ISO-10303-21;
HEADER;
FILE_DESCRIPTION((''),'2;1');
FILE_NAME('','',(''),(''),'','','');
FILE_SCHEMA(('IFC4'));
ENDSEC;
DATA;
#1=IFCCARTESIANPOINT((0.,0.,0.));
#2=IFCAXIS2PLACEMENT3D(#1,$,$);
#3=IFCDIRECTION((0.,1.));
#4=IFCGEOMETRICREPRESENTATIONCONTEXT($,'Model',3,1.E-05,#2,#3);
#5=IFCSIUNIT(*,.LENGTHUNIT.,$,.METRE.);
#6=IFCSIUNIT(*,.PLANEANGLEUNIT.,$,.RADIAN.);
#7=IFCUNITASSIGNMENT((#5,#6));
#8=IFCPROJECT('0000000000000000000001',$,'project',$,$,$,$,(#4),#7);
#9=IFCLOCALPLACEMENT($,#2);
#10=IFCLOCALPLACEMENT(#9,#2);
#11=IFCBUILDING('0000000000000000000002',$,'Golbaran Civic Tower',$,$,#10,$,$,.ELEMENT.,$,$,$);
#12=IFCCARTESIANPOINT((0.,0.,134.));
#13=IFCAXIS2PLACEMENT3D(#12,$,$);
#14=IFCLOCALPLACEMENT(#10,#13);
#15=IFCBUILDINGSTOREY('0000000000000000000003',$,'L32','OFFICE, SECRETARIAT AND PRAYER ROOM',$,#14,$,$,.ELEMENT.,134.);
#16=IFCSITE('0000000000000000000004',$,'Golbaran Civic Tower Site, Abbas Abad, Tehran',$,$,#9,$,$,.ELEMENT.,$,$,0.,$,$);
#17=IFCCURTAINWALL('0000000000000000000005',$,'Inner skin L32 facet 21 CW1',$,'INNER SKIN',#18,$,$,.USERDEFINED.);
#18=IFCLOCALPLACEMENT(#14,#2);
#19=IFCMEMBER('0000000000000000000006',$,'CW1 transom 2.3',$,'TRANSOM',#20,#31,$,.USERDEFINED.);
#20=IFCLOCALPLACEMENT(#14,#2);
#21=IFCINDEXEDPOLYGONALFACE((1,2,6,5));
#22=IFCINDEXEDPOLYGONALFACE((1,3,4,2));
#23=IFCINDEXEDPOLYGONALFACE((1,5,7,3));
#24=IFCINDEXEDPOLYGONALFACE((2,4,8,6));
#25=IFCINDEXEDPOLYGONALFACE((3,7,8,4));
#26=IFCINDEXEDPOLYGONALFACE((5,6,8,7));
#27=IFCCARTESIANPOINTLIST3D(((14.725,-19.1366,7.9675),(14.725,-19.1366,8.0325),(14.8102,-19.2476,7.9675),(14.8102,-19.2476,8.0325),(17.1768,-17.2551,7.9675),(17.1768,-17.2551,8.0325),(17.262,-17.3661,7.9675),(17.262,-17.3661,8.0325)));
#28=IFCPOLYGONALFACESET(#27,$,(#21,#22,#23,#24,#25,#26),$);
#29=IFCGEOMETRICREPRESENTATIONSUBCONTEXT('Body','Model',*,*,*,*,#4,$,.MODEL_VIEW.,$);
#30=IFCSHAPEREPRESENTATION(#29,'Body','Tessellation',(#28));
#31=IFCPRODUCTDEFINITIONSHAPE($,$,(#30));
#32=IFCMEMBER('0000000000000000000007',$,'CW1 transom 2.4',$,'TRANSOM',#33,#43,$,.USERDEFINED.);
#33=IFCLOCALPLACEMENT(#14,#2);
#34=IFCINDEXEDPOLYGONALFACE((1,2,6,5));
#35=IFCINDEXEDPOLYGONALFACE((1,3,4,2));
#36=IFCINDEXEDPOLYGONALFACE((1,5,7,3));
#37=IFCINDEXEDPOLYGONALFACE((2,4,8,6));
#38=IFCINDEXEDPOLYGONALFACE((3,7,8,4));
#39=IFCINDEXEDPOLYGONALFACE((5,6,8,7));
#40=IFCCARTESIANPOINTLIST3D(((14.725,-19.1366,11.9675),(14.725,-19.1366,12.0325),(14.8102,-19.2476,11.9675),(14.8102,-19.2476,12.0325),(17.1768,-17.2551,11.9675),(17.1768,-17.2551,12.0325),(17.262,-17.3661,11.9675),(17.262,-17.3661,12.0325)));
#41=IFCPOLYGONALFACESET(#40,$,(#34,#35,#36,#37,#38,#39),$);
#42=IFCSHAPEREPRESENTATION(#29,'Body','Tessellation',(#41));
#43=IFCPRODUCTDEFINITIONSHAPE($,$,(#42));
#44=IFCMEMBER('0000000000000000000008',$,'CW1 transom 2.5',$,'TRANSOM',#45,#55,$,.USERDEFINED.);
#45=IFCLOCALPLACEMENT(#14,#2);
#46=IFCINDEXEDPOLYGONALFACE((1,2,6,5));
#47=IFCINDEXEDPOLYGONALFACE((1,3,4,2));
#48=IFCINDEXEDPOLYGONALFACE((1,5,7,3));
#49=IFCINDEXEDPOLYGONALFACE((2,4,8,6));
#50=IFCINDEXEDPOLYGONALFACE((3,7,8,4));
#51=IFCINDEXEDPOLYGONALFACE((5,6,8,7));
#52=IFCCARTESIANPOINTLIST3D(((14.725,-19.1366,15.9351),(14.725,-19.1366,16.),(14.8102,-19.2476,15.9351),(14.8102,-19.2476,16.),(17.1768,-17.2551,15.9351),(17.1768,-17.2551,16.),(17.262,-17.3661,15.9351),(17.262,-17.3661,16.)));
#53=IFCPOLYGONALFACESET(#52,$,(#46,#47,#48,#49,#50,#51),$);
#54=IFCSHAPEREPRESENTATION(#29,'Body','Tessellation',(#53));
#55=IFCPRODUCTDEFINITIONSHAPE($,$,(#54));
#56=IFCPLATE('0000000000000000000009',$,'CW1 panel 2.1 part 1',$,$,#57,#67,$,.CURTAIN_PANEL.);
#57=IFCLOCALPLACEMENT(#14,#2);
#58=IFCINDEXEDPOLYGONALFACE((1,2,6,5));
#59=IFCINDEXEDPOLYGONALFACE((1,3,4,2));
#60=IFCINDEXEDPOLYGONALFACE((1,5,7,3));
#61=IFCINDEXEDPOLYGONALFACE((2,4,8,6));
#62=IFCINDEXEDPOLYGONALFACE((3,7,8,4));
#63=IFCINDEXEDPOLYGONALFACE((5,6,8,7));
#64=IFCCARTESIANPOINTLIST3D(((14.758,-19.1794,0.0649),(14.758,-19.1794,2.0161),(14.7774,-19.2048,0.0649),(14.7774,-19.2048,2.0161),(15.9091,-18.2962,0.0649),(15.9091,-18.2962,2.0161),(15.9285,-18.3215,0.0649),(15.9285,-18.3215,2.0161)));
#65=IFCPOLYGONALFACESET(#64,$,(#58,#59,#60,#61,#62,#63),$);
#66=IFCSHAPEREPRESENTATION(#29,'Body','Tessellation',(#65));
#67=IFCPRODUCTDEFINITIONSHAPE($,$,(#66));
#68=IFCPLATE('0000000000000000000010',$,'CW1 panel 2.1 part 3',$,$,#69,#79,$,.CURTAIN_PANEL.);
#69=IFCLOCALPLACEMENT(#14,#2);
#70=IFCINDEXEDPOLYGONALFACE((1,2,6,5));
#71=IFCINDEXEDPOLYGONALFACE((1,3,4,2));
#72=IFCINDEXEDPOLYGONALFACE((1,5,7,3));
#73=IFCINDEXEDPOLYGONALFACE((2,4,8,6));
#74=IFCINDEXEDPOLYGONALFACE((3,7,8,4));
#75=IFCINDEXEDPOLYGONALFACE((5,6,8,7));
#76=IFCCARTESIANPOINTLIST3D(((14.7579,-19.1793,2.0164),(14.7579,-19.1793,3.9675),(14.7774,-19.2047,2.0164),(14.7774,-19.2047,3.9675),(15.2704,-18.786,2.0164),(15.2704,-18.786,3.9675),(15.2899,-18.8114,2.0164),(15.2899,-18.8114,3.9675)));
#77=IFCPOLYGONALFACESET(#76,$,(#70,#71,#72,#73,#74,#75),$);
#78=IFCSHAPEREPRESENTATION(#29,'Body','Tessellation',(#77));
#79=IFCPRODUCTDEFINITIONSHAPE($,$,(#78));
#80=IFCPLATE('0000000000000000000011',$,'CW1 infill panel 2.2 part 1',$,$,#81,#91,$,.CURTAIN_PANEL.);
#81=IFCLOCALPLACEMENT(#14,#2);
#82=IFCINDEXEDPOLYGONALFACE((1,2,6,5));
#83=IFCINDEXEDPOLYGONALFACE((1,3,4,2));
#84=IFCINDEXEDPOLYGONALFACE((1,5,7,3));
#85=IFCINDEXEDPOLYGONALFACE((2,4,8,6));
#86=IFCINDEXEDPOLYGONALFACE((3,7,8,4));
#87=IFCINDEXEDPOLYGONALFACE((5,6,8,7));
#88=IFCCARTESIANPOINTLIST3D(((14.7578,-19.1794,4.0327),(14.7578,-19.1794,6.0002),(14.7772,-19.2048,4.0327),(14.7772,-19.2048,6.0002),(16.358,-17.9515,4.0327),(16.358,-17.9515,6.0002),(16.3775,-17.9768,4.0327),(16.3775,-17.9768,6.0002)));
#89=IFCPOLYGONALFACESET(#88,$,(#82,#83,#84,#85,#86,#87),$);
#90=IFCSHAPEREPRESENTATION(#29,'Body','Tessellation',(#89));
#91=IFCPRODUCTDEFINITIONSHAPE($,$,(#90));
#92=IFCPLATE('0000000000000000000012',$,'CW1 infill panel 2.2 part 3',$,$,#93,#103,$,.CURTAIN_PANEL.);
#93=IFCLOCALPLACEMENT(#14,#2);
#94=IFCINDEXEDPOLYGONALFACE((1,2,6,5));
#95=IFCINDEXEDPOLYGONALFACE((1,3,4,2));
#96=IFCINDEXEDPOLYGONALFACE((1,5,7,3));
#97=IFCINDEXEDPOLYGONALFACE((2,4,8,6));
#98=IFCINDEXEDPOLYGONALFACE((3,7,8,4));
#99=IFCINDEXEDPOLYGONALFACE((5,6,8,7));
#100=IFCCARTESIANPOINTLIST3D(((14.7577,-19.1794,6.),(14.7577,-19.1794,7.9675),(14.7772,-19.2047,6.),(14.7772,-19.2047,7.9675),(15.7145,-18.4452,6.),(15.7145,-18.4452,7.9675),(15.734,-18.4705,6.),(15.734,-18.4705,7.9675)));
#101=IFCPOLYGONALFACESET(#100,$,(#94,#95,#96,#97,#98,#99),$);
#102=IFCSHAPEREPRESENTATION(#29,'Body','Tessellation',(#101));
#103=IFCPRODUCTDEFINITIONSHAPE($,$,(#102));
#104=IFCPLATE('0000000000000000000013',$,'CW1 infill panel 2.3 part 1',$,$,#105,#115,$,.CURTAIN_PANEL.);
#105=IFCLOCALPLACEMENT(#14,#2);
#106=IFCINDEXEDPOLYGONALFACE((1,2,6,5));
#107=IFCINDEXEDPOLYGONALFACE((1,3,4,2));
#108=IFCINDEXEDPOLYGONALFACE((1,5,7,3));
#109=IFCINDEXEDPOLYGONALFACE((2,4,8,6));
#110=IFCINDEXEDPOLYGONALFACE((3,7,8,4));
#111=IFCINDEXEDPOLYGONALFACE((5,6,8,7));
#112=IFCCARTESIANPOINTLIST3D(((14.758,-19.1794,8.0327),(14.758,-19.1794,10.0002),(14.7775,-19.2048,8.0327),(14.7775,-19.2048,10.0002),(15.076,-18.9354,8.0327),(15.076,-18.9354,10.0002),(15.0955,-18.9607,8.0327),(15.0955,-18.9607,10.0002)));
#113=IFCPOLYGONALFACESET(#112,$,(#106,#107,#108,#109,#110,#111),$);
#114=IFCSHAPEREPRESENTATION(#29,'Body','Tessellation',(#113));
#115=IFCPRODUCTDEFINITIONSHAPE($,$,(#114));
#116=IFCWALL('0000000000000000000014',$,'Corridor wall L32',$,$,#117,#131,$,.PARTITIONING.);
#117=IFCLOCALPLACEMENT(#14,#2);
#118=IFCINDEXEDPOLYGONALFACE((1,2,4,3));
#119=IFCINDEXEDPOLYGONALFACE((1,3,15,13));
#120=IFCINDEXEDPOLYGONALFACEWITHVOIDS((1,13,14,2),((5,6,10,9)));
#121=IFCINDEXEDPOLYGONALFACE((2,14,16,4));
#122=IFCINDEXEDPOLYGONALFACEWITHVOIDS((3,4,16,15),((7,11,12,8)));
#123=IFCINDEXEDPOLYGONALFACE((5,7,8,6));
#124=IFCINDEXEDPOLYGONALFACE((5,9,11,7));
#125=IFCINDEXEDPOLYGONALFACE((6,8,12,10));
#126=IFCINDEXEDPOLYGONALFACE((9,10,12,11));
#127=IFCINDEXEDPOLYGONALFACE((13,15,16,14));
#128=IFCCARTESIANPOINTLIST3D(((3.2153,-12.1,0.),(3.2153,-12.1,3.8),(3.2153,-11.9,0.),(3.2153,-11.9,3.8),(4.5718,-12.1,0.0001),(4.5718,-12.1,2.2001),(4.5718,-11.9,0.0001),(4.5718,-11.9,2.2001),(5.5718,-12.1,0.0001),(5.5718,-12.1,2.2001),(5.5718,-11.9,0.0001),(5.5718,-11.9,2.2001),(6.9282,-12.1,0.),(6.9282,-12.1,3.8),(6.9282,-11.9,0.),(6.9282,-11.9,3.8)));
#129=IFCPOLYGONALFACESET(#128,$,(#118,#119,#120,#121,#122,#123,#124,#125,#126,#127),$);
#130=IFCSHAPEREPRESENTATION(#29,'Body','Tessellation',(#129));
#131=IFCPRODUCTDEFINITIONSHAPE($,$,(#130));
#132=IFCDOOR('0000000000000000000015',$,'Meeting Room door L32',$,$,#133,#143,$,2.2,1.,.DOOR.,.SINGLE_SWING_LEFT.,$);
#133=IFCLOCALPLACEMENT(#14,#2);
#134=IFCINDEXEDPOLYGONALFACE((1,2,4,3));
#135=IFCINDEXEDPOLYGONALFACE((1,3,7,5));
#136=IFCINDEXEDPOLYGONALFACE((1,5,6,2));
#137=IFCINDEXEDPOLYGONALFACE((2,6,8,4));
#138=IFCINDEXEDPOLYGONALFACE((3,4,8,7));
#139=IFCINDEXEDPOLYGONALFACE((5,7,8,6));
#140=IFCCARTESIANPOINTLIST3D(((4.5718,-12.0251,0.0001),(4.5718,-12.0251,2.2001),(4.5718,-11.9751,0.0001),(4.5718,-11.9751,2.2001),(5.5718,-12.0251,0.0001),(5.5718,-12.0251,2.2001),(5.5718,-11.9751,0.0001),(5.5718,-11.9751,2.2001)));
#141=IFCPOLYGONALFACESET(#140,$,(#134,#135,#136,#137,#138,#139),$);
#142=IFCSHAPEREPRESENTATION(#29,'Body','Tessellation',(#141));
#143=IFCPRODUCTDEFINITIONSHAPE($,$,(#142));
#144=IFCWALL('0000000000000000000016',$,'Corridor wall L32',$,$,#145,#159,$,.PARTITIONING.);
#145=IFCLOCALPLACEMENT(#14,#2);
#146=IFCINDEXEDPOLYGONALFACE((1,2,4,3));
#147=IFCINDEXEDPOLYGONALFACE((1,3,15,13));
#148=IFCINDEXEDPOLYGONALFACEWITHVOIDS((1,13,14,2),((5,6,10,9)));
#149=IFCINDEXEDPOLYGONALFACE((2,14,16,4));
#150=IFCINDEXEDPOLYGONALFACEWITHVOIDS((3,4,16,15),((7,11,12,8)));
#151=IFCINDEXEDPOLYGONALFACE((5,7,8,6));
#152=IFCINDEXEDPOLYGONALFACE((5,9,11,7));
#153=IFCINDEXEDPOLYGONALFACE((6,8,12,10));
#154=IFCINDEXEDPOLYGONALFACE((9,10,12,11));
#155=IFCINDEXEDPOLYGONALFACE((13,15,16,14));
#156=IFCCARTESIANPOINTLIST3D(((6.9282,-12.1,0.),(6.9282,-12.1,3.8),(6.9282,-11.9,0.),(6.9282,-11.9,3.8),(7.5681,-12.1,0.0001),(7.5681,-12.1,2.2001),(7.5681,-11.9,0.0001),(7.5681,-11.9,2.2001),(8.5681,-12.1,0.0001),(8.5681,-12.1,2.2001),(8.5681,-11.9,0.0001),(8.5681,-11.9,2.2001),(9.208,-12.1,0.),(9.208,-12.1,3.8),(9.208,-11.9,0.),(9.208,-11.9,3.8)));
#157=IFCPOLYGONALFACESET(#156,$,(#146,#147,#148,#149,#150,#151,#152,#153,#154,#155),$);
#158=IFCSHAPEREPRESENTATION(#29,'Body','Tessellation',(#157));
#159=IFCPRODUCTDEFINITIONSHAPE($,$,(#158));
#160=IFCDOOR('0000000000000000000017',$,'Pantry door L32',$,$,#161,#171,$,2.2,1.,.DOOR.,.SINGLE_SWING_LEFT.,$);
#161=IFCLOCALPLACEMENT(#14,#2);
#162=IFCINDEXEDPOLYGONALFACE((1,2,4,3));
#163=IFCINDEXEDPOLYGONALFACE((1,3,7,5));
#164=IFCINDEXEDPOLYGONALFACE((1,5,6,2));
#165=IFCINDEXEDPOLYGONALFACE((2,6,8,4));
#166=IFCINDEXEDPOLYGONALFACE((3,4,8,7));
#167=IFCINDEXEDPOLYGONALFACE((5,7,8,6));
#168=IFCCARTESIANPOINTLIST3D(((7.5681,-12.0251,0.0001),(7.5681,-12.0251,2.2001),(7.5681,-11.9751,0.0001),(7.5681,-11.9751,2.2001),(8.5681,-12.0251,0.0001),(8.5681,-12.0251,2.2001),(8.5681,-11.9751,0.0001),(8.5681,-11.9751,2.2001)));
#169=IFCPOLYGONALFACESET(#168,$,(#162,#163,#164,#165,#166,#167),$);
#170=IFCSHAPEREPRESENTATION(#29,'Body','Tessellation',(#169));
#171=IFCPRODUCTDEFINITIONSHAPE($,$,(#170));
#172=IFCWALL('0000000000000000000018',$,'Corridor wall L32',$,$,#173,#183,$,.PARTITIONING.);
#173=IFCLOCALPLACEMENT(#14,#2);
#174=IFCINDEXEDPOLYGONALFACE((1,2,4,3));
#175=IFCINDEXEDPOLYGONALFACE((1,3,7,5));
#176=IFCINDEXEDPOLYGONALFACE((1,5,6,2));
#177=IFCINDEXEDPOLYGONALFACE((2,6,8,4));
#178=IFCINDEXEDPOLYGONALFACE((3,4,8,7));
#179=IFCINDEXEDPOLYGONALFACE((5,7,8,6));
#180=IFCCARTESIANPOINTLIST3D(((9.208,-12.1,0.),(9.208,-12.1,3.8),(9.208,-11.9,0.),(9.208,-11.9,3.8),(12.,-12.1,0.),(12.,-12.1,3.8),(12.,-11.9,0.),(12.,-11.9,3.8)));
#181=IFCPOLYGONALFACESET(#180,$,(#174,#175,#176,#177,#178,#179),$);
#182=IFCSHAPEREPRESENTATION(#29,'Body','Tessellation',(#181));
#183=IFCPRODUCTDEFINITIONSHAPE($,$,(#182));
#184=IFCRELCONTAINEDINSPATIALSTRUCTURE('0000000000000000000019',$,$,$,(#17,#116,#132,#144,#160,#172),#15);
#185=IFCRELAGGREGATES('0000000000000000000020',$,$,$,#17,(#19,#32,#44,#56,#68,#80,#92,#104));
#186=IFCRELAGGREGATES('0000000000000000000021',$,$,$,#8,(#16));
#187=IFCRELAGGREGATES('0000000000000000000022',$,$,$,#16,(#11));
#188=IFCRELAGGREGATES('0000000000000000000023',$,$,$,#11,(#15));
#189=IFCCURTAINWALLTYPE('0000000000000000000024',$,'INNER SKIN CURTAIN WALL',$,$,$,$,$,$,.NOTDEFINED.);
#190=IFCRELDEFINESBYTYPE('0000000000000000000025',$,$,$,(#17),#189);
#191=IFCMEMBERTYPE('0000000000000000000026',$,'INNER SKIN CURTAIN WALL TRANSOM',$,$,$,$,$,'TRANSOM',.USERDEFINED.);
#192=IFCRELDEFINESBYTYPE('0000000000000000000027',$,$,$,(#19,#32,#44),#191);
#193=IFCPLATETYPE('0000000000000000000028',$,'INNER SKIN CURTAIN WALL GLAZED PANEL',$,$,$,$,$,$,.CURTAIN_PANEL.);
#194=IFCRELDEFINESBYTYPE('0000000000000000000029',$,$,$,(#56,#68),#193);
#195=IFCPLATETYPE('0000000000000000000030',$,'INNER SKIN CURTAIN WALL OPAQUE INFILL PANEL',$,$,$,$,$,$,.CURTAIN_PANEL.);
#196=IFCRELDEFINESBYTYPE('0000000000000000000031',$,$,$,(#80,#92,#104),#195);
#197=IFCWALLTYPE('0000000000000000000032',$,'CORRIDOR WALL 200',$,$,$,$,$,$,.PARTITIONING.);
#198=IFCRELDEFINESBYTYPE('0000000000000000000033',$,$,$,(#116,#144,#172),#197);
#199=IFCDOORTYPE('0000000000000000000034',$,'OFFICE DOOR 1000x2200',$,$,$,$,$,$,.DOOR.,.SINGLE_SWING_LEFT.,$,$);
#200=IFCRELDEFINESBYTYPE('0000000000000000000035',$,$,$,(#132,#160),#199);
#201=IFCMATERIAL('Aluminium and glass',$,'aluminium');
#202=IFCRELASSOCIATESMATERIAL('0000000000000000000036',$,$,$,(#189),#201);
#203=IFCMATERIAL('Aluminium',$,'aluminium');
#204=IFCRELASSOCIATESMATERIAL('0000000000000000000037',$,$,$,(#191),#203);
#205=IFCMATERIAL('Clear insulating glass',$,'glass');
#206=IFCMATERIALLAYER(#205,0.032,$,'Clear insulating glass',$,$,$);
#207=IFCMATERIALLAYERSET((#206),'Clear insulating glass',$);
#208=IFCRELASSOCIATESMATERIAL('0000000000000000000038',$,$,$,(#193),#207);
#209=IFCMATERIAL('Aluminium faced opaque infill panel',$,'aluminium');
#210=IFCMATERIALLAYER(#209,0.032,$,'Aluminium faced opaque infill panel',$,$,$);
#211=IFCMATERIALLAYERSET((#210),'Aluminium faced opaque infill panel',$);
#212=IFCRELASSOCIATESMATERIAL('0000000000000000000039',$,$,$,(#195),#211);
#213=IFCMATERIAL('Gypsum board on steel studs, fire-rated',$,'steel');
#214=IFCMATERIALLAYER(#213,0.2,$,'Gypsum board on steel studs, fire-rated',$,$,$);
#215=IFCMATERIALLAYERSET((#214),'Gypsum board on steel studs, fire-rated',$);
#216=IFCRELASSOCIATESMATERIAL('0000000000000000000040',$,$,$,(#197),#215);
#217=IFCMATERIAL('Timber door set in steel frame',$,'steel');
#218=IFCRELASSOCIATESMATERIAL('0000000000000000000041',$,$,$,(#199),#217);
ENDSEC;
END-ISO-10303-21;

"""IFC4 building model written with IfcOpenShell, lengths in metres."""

from ifc_helpers import new_model, si_unit, direction, frame, frame_2d, origin, origin_2d, place, context, subcontext, project, spatial, rectangle, extrude, material, layer, layer_set, material_profile, profile_set, type_object, element, fill, aggregate, save


model = new_model("IFC4")

# Units and contexts
model_context = context("Model", 3, precision=1e-05, world=origin(), true_north=direction((0.0, 1.0)))
body_context = subcontext(model_context, "Body", "Model", "MODEL_VIEW")
ifc_project = project(units=[si_unit("LENGTHUNIT", "METRE"), si_unit("PLANEANGLEUNIT", "RADIAN")], contexts=[model_context])

# Site, building, storey
site_placement = place(None, origin())
site = spatial("IfcSite", under=ifc_project, at=site_placement, Name="Golbaran Civic Tower Site, Abbas Abad, Tehran", CompositionType="ELEMENT", RefElevation=0.0)
building_placement = place(site_placement, origin())
building = spatial("IfcBuilding", under=site, at=building_placement, Name="Golbaran Civic Tower", CompositionType="ELEMENT")
storey_placement = place(building_placement, frame((0.0, 0.0, 134.0)))
storey = spatial("IfcBuildingStorey", under=building, at=storey_placement, Name="L32", Description="OFFICE, SECRETARIAT AND PRAYER ROOM", CompositionType="ELEMENT", Elevation=134.0)

# Curtain wall, members, plates
ifc_material_1 = material(Name="Aluminium and glass", Category="aluminium")
curtain_wall_type = type_object("IfcCurtainWallType", Name="INNER SKIN CURTAIN WALL", PredefinedType="NOTDEFINED", material=ifc_material_1)
curtain_wall_placement = place(storey_placement, origin())
curtain_wall = element("IfcCurtainWall", 1, at=curtain_wall_placement, inside=storey, type_object=curtain_wall_type, Name="Inner skin L32 facet 21 CW1", ObjectType="INNER SKIN", PredefinedType="USERDEFINED")
ifc_material_2 = material(Name="Aluminium", Category="aluminium")
ifc_material_profile_1 = material_profile(ifc_material_2, rectangle(XDim=0.1399, YDim=0.0649, at=origin_2d()), Name="INNER SKIN CURTAIN WALL TRANSOM")
ifc_profile_set_1 = profile_set([ifc_material_profile_1], Name="Aluminium")
member_type_1 = type_object("IfcMemberType", Name="INNER SKIN CURTAIN WALL TRANSOM", ElementType="TRANSOM", PredefinedType="USERDEFINED", material=ifc_profile_set_1)
member_1_placement = place(storey_placement, frame((14.7676, -19.1921, 8.0), z_axis=(0.793325, 0.608798, 0.0), x_axis=(-0.608798, 0.793325, 0.0)))
member_1 = element("IfcMember", 2, at=member_1_placement, type_object=member_type_1, Name="CW1 transom 2.3", ObjectType="TRANSOM", PredefinedType="USERDEFINED", context=body_context, shape_type="SweptSolid", body=[
    extrude(rectangle(XDim=0.1399, YDim=0.0649, at=origin_2d()), origin(), (0.0, 0.0, 1.0), 3.0906),
])
member_2_placement = place(storey_placement, frame((14.7676, -19.1921, 12.0), z_axis=(0.793325, 0.608798, 0.0), x_axis=(-0.608798, 0.793325, 0.0)))
member_2 = element("IfcMember", 3, at=member_2_placement, type_object=member_type_1, Name="CW1 transom 2.4", ObjectType="TRANSOM", PredefinedType="USERDEFINED", context=body_context, shape_type="SweptSolid", body=[
    extrude(rectangle(XDim=0.1399, YDim=0.0649, at=origin_2d()), origin(), (0.0, 0.0, 1.0), 3.0906),
])
member_3_placement = place(storey_placement, frame((14.7676, -19.1921, 15.9675), z_axis=(0.793325, 0.608798, 0.0), x_axis=(-0.608798, 0.793325, 0.0)))
member_3 = element("IfcMember", 4, at=member_3_placement, type_object=member_type_1, Name="CW1 transom 2.5", ObjectType="TRANSOM", PredefinedType="USERDEFINED", context=body_context, shape_type="SweptSolid", body=[
    extrude(rectangle(XDim=0.1399, YDim=0.0649, at=origin_2d()), origin(), (0.0, 0.0, 1.0), 3.0906),
])
ifc_material_3 = material(Name="Clear insulating glass", Category="glass")
ifc_layer_1 = layer(ifc_material_3, 0.032, Name="Clear insulating glass")
ifc_layer_set_1 = layer_set([ifc_layer_1], Name="Clear insulating glass")
plate_type_1 = type_object("IfcPlateType", Name="INNER SKIN CURTAIN WALL GLAZED PANEL", PredefinedType="CURTAIN_PANEL", material=ifc_layer_set_1)
plate_1_placement = place(storey_placement, frame((15.3433, -18.7505, 0.0649), z_axis=(0.0, 0.0, 1.0), x_axis=(0.793353, 0.608761, 0.0)))
plate_1 = element("IfcPlate", 5, at=plate_1_placement, type_object=plate_type_1, Name="CW1 panel 2.1 part 1", PredefinedType="CURTAIN_PANEL", context=body_context, shape_type="SweptSolid", body=[
    extrude(rectangle(XDim=1.4509, YDim=0.032, at=origin_2d()), origin(), (0.0, 0.0, 1.0), 1.9512),
])
plate_2_placement = place(storey_placement, frame((15.0239, -18.9954, 2.0164), z_axis=(0.0, 0.0, 1.0), x_axis=(0.793353, 0.608761, 0.0)))
plate_2 = element("IfcPlate", 6, at=plate_2_placement, type_object=plate_type_1, Name="CW1 panel 2.1 part 3", PredefinedType="CURTAIN_PANEL", context=body_context, shape_type="SweptSolid", body=[
    extrude(rectangle(XDim=0.646, YDim=0.032, at=origin_2d()), origin(), (0.0, 0.0, 1.0), 1.9512),
])
ifc_material_4 = material(Name="Aluminium faced opaque infill panel", Category="aluminium")
ifc_layer_2 = layer(ifc_material_4, 0.032, Name="Aluminium faced opaque infill panel")
ifc_layer_set_2 = layer_set([ifc_layer_2], Name="Aluminium faced opaque infill panel")
plate_type_2 = type_object("IfcPlateType", Name="INNER SKIN CURTAIN WALL OPAQUE INFILL PANEL", PredefinedType="CURTAIN_PANEL", material=ifc_layer_set_2)
plate_3_placement = place(storey_placement, frame((15.5676, -18.5781, 4.0327), z_axis=(0.0, 0.0, 1.0), x_axis=(0.793353, 0.608761, 0.0)))
plate_3 = element("IfcPlate", 7, at=plate_3_placement, type_object=plate_type_2, Name="CW1 infill panel 2.2 part 1", PredefinedType="CURTAIN_PANEL", context=body_context, shape_type="SweptSolid", body=[
    extrude(rectangle(XDim=2.0171, YDim=0.032, at=origin_2d()), origin(), (0.0, 0.0, 1.0), 1.9675),
])
plate_4_placement = place(storey_placement, frame((15.2458, -18.825, 6.0), z_axis=(0.0, 0.0, 1.0), x_axis=(0.793353, 0.608761, 0.0)))
plate_4 = element("IfcPlate", 8, at=plate_4_placement, type_object=plate_type_2, Name="CW1 infill panel 2.2 part 3", PredefinedType="CURTAIN_PANEL", context=body_context, shape_type="SweptSolid", body=[
    extrude(rectangle(XDim=1.2061, YDim=0.032, at=origin_2d()), origin(), (0.0, 0.0, 1.0), 1.9675),
])
plate_5_placement = place(storey_placement, frame((14.9268, -19.0701, 8.0327), z_axis=(0.0, 0.0, 1.0), x_axis=(0.793353, 0.608761, 0.0)))
plate_5 = element("IfcPlate", 9, at=plate_5_placement, type_object=plate_type_2, Name="CW1 infill panel 2.3 part 1", PredefinedType="CURTAIN_PANEL", context=body_context, shape_type="SweptSolid", body=[
    extrude(rectangle(XDim=0.4009, YDim=0.032, at=origin_2d()), origin(), (0.0, 0.0, 1.0), 1.9675),
])
aggregate(curtain_wall, [member_1, member_2, member_3, plate_1, plate_2, plate_3, plate_4, plate_5])

# Walls, openings, doors
ifc_material_5 = material(Name="Gypsum board on steel studs, fire-rated", Category="steel")
ifc_layer_3 = layer(ifc_material_5, 0.2, Name="Gypsum board on steel studs, fire-rated")
ifc_layer_set_3 = layer_set([ifc_layer_3], Name="Gypsum board on steel studs, fire-rated")
wall_type_1 = type_object("IfcWallType", Name="CORRIDOR WALL 200", PredefinedType="PARTITIONING", material=ifc_layer_set_3)
wall_1_placement = place(storey_placement, frame((3.2153, -12.0, 0.0), z_axis=(0.0, 0.0, 1.0), x_axis=(1.0, 0.0, 0.0)))
wall_1 = element("IfcWall", 10, at=wall_1_placement, inside=storey, type_object=wall_type_1, Name="Corridor wall L32", PredefinedType="PARTITIONING", context=body_context, shape_type="SweptSolid", body=[
    extrude(rectangle(XDim=3.7129, YDim=0.2, at=frame_2d((1.8564, 0.0))), origin(), (0.0, 0.0, 1.0), 3.8),
])
opening_1_placement = place(wall_1_placement, frame((1.3564, 0.0, 0.0)))
opening_1 = element("IfcOpeningElement", 11, at=opening_1_placement, cuts=wall_1, PredefinedType="OPENING", context=body_context, shape_type="SweptSolid", body=[
    extrude(rectangle(XDim=1.0, YDim=2.2, at=frame_2d((0.5, 1.1001))), frame((0.0, 0.1099, 0.0), z_axis=(0.0, -1.0, 0.0), x_axis=(1.0, 0.0, 0.0)), (0.0, 0.0, 1.0), 0.22),
])
ifc_material_6 = material(Name="Timber door set in steel frame", Category="steel")
door_type = type_object("IfcDoorType", Name="OFFICE DOOR 1000x2200", OperationType="SINGLE_SWING_LEFT", PredefinedType="DOOR", material=ifc_material_6)
door_1_placement = place(opening_1_placement, origin())
door_1 = element("IfcDoor", 12, at=door_1_placement, inside=storey, type_object=door_type, Name="Meeting Room door L32", OperationType="SINGLE_SWING_LEFT", OverallHeight=2.2, OverallWidth=1.0, PredefinedType="DOOR", context=body_context, shape_type="SweptSolid", body=[
    extrude(rectangle(XDim=1.0, YDim=2.2, at=frame_2d((0.5, 1.1001))), frame((0.0, 0.0249, 0.0), z_axis=(0.0, -1.0, 0.0), x_axis=(1.0, 0.0, 0.0)), (0.0, 0.0, 1.0), 0.05),
])
fill(opening_1, door_1)
wall_2_placement = place(storey_placement, frame((6.9282, -12.0, 0.0), z_axis=(0.0, 0.0, 1.0), x_axis=(1.0, 0.0, 0.0)))
wall_2 = element("IfcWall", 13, at=wall_2_placement, inside=storey, type_object=wall_type_1, Name="Corridor wall L32", PredefinedType="PARTITIONING", context=body_context, shape_type="SweptSolid", body=[
    extrude(rectangle(XDim=2.2798, YDim=0.2, at=frame_2d((1.1399, 0.0))), origin(), (0.0, 0.0, 1.0), 3.8),
])
opening_2_placement = place(wall_2_placement, frame((0.6399, 0.0, 0.0)))
opening_2 = element("IfcOpeningElement", 14, at=opening_2_placement, cuts=wall_2, PredefinedType="OPENING", context=body_context, shape_type="SweptSolid", body=[
    extrude(rectangle(XDim=1.0, YDim=2.2, at=frame_2d((0.5, 1.1001))), frame((0.0, 0.1099, 0.0), z_axis=(0.0, -1.0, 0.0), x_axis=(1.0, 0.0, 0.0)), (0.0, 0.0, 1.0), 0.22),
])
door_2_placement = place(opening_2_placement, origin())
door_2 = element("IfcDoor", 15, at=door_2_placement, inside=storey, type_object=door_type, Name="Pantry door L32", OperationType="SINGLE_SWING_LEFT", OverallHeight=2.2, OverallWidth=1.0, PredefinedType="DOOR", context=body_context, shape_type="SweptSolid", body=[
    extrude(rectangle(XDim=1.0, YDim=2.2, at=frame_2d((0.5, 1.1001))), frame((0.0, 0.0249, 0.0), z_axis=(0.0, -1.0, 0.0), x_axis=(1.0, 0.0, 0.0)), (0.0, 0.0, 1.0), 0.05),
])
fill(opening_2, door_2)

# Wall
wall_3_placement = place(storey_placement, frame((9.208, -12.0, 0.0), z_axis=(0.0, 0.0, 1.0), x_axis=(1.0, 0.0, 0.0)))
element("IfcWall", 16, at=wall_3_placement, inside=storey, type_object=wall_type_1, Name="Corridor wall L32", PredefinedType="PARTITIONING", context=body_context, shape_type="SweptSolid", body=[
    extrude(rectangle(XDim=2.792, YDim=0.2, at=frame_2d((1.396, 0.0))), origin(), (0.0, 0.0, 1.0), 3.8),
])

save(model, "model.ifc")
